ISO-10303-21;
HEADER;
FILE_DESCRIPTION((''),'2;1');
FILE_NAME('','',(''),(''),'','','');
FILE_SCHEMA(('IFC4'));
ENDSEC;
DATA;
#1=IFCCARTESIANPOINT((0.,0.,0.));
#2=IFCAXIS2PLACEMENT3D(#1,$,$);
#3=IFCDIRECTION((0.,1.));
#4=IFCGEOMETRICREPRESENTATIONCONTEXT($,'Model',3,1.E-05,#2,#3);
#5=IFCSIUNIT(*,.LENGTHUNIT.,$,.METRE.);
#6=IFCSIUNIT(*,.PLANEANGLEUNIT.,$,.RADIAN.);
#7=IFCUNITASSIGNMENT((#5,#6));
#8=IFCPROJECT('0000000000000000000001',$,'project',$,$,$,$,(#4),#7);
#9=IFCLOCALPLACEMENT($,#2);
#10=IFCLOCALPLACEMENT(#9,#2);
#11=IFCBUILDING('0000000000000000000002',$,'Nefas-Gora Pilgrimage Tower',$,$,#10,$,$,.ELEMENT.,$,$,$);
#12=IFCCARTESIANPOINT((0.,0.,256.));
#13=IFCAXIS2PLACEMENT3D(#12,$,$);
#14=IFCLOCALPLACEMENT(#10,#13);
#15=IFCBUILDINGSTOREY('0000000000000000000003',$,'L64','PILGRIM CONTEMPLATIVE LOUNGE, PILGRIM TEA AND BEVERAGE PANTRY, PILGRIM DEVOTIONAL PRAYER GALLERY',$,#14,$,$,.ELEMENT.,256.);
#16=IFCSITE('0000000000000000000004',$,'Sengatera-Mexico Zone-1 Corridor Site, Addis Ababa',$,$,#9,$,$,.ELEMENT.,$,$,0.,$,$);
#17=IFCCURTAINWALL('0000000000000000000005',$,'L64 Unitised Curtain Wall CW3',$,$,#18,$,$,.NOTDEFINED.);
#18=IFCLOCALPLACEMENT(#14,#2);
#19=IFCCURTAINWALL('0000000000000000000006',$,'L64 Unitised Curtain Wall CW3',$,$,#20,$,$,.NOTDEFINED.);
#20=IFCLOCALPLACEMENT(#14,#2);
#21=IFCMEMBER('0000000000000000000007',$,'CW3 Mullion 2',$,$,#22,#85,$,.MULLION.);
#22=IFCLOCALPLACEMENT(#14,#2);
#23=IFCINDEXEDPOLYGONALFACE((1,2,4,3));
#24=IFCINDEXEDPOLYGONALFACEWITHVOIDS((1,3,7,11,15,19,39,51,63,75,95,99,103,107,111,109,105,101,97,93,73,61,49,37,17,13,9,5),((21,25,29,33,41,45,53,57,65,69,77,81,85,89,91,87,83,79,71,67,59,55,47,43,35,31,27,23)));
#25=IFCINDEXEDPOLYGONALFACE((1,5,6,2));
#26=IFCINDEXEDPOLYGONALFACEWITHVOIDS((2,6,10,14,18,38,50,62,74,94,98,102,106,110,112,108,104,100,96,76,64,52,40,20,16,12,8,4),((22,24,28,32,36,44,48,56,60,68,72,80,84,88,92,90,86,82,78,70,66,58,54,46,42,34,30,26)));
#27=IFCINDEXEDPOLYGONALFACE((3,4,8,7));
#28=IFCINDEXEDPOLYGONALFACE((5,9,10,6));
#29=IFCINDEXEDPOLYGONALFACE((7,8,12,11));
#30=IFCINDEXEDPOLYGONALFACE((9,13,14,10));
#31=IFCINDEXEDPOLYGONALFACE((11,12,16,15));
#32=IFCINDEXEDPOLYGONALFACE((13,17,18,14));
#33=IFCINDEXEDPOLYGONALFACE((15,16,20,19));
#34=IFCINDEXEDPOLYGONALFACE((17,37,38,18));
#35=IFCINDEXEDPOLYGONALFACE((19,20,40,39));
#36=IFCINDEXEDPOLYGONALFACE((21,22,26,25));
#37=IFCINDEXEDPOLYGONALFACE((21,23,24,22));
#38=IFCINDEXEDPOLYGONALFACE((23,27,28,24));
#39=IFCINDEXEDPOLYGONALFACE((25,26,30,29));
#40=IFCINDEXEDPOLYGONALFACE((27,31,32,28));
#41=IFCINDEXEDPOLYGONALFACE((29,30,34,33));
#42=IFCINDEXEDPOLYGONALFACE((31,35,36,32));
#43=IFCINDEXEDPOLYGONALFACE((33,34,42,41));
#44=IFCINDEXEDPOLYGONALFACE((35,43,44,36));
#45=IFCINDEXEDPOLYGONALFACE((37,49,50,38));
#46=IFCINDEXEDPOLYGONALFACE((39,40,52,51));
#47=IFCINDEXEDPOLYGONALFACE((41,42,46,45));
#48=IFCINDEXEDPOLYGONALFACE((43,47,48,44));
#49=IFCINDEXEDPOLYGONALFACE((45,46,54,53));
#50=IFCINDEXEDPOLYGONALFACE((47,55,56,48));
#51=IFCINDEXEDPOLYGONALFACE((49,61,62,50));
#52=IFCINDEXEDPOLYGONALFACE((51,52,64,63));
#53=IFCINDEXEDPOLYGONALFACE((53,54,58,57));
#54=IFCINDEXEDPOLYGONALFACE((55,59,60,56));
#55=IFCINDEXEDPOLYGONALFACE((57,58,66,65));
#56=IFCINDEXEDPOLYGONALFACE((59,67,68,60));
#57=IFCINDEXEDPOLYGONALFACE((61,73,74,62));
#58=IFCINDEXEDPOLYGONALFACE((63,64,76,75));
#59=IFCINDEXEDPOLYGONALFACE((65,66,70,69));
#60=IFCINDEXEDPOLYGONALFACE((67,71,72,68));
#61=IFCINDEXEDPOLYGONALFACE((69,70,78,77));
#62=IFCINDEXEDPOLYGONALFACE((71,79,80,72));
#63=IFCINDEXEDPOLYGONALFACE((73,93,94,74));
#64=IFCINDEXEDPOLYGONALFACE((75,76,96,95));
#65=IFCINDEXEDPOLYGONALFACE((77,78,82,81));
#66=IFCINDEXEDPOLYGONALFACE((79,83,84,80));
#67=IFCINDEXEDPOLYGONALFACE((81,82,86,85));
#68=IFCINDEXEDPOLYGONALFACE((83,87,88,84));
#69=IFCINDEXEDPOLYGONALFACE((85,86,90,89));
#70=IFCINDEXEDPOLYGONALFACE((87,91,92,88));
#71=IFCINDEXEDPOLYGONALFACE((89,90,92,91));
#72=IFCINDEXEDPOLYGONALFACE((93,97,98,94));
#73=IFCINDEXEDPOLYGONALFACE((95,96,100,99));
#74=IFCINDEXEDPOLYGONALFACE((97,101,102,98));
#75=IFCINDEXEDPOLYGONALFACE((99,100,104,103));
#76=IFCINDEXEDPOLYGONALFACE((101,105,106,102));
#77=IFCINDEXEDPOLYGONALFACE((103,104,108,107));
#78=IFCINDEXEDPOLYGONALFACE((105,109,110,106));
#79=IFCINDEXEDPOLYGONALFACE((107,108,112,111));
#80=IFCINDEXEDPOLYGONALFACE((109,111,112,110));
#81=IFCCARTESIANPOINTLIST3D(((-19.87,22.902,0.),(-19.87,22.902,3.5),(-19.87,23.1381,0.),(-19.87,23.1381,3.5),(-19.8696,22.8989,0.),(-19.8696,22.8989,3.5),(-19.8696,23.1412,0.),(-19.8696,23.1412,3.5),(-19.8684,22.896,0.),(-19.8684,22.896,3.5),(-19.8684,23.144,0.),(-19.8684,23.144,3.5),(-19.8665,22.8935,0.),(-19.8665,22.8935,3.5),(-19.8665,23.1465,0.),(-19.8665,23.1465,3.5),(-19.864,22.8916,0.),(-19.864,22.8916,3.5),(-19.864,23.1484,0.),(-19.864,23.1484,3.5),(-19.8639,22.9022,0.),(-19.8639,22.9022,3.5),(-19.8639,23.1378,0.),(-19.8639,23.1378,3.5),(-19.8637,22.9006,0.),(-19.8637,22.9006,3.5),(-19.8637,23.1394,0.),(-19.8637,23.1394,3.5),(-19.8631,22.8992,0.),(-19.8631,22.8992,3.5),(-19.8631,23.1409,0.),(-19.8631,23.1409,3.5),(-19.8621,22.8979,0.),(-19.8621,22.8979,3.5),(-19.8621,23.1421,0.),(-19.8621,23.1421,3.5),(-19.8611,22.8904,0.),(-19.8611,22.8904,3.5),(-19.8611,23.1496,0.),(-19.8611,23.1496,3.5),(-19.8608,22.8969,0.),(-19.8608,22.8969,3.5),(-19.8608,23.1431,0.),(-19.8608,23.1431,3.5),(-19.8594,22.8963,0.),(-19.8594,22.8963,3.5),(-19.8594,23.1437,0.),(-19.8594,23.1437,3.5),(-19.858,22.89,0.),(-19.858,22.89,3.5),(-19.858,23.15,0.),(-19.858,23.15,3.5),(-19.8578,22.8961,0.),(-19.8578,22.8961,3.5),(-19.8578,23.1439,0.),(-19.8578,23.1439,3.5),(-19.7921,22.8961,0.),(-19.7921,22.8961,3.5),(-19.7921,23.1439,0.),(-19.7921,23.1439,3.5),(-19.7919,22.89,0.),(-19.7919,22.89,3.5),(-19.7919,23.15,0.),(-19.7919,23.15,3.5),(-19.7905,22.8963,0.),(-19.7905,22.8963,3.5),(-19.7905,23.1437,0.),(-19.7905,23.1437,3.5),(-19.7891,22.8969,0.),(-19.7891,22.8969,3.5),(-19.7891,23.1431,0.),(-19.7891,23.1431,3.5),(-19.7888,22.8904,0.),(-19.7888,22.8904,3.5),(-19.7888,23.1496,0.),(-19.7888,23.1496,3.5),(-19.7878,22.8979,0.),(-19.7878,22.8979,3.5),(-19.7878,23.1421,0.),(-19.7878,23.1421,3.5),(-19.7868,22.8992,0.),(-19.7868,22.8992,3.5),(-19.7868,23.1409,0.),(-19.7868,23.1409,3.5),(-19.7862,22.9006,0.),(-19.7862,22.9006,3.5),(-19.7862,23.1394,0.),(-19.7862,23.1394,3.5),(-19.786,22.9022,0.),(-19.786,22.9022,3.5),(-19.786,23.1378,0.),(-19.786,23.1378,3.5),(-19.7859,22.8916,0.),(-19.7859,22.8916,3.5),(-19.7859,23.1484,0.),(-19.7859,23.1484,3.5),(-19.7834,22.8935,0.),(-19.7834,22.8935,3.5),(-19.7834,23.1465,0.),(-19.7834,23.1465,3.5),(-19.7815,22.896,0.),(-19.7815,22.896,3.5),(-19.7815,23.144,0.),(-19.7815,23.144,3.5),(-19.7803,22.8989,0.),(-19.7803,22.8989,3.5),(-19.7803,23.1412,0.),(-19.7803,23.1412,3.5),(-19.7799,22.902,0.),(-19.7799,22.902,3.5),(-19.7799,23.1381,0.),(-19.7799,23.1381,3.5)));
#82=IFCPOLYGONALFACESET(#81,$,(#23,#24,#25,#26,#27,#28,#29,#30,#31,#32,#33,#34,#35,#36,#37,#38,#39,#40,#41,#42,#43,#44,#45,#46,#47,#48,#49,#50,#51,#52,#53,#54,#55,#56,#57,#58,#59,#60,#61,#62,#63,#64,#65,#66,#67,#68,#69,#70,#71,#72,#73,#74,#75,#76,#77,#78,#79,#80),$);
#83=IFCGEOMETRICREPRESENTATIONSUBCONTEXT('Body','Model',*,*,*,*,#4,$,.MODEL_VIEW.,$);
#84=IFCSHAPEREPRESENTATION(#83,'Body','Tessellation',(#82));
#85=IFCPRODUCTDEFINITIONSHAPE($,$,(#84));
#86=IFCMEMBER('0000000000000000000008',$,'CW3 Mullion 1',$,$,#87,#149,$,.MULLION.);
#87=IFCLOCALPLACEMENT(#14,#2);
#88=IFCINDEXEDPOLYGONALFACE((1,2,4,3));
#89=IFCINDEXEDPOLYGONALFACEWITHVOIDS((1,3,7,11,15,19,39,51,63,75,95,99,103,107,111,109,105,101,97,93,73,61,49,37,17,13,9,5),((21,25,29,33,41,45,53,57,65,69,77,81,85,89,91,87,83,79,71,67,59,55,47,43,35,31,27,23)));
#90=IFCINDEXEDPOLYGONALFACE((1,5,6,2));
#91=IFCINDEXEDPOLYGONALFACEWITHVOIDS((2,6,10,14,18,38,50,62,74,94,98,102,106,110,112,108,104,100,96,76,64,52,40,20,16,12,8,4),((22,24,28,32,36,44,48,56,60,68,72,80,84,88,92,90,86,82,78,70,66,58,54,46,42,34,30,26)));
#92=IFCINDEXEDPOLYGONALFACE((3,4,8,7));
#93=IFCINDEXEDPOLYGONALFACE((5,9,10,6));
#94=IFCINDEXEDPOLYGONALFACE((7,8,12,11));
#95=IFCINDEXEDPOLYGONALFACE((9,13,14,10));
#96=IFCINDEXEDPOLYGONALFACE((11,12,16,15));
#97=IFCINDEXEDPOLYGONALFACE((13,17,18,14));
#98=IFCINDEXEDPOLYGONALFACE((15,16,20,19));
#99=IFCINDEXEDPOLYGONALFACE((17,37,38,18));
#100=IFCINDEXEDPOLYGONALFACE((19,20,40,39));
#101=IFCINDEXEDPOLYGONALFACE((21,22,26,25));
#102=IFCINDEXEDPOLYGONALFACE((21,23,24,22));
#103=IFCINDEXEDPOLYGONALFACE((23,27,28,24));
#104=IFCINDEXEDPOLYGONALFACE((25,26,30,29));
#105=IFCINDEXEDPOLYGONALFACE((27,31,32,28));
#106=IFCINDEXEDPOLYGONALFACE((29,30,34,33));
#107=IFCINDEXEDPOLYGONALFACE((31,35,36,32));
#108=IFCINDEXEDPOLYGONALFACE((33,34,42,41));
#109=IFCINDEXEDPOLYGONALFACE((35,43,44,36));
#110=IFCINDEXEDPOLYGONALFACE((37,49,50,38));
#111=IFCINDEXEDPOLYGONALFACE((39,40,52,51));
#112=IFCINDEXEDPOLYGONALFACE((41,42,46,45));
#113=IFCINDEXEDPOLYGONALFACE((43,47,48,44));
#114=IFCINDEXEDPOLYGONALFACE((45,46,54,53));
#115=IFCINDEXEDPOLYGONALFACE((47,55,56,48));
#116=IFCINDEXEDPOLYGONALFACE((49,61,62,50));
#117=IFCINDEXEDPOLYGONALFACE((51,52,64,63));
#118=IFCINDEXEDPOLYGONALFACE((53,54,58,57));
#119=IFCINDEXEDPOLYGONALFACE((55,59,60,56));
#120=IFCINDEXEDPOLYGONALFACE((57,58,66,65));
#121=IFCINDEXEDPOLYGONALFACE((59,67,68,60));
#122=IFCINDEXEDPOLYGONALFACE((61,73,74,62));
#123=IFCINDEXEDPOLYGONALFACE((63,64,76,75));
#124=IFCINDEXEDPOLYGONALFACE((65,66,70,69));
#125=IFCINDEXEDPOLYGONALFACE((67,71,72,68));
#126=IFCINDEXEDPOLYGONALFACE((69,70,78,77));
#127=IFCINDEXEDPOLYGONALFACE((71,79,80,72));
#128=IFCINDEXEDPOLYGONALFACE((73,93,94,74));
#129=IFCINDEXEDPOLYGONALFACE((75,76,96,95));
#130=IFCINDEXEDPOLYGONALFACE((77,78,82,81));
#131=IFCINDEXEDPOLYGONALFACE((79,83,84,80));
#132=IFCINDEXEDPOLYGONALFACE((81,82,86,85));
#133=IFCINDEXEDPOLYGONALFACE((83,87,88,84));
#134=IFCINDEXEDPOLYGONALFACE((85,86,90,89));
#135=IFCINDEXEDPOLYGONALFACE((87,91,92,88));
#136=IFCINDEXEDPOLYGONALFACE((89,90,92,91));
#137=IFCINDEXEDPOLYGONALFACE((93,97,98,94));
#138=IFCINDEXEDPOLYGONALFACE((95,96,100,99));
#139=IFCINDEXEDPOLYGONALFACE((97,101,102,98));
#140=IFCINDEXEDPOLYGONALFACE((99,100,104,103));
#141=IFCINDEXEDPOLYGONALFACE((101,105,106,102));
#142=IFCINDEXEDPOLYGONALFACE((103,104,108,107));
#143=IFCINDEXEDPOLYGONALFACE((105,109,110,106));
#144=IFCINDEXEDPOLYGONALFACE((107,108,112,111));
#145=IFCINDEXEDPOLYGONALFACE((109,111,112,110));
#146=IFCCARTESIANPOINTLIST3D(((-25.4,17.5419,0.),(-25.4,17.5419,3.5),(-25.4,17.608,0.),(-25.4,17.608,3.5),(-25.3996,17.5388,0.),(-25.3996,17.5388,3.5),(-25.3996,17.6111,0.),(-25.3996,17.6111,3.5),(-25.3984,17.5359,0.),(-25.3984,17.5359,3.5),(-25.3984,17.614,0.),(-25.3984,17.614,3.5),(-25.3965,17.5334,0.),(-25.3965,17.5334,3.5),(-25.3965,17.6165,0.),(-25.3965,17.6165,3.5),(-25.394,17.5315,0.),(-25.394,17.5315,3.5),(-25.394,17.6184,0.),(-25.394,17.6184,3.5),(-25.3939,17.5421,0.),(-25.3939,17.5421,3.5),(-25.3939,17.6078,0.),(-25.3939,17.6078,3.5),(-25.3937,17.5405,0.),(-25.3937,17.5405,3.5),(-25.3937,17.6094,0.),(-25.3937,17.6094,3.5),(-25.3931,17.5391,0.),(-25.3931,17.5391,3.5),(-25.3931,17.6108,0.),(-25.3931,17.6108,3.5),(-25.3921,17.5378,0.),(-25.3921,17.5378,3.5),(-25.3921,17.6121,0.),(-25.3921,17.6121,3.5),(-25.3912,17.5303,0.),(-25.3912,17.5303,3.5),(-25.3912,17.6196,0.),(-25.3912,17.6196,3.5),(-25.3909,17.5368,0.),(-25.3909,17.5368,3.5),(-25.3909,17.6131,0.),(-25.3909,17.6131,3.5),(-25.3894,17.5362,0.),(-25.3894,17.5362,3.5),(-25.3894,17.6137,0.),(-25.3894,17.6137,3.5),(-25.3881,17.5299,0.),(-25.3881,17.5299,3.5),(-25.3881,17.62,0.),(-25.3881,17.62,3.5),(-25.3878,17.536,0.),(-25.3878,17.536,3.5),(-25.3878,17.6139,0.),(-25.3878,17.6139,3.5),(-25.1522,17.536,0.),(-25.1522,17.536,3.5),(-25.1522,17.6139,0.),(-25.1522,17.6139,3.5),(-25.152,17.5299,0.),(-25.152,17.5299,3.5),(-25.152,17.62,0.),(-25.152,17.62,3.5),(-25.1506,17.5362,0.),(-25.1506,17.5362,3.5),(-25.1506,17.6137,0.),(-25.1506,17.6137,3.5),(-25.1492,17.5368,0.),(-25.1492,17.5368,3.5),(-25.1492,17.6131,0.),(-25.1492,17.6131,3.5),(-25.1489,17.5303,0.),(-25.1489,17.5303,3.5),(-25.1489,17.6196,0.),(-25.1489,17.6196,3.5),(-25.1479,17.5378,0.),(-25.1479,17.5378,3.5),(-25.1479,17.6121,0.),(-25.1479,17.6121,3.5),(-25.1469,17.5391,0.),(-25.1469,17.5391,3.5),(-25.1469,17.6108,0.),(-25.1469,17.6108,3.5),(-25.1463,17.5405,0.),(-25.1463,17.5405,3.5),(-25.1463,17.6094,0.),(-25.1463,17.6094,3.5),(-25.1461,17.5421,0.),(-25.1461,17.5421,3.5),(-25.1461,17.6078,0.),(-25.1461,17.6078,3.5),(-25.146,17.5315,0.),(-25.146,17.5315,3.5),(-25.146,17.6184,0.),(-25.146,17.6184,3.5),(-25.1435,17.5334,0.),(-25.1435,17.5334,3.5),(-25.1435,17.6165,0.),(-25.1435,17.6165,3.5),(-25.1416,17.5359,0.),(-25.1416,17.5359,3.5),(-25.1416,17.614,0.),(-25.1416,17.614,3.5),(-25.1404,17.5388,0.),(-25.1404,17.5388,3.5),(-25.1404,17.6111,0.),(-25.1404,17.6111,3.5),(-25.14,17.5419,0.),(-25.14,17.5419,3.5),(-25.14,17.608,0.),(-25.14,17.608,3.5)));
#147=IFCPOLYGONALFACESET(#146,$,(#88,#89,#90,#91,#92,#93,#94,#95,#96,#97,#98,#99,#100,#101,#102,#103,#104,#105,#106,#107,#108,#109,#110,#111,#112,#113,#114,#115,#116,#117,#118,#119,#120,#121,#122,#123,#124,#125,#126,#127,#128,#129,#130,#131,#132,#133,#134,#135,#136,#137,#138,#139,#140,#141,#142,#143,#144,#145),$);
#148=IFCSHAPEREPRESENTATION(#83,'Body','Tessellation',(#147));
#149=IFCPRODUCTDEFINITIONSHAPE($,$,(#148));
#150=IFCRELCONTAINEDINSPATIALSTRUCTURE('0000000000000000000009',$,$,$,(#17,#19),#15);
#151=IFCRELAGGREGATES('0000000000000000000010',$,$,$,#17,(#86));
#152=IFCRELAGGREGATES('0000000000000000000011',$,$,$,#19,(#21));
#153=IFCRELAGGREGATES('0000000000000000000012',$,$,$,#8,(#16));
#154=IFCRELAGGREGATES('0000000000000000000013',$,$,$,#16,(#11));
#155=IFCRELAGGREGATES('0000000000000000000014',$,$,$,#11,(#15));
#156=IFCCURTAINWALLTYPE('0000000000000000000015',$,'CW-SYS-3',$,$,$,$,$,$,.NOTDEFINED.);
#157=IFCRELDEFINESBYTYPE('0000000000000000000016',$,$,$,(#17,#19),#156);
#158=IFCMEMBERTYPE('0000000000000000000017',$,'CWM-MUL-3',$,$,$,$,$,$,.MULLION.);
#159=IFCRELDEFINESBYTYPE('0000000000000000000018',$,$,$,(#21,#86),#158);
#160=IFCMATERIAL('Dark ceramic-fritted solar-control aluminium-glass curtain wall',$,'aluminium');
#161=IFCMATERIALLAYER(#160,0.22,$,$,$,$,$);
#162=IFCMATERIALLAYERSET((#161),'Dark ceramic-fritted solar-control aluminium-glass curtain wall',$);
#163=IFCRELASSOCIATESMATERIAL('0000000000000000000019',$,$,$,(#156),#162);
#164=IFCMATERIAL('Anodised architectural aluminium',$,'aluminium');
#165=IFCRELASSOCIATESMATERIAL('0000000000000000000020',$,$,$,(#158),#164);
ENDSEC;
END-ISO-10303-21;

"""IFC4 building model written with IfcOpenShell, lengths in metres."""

from ifc_helpers import new_model, si_unit, direction, frame, origin, origin_2d, place, context, subcontext, project, spatial, hollow_rectangle, extrude, source, transform, mapped, material, layer, layer_set, material_profile, profile_set, type_object, element, aggregate, save


model = new_model("IFC4")

# Units and contexts
model_context = context("Model", 3, precision=1e-05, world=origin(), true_north=direction((0.0, 1.0)))
body_context = subcontext(model_context, "Body", "Model", "MODEL_VIEW")
ifc_project = project(units=[si_unit("LENGTHUNIT", "METRE"), si_unit("PLANEANGLEUNIT", "RADIAN")], contexts=[model_context])

# Site, building, storey
site_placement = place(None, origin())
site = spatial("IfcSite", under=ifc_project, at=site_placement, Name="Sengatera-Mexico Zone-1 Corridor Site, Addis Ababa", CompositionType="ELEMENT", RefElevation=0.0)
building_placement = place(site_placement, origin())
building = spatial("IfcBuilding", under=site, at=building_placement, Name="Nefas-Gora Pilgrimage Tower", CompositionType="ELEMENT")
storey_placement = place(building_placement, frame((0.0, 0.0, 256.0)))
storey = spatial("IfcBuildingStorey", under=building, at=storey_placement, Name="L64", Description="PILGRIM CONTEMPLATIVE LOUNGE, PILGRIM TEA AND BEVERAGE PANTRY, PILGRIM DEVOTIONAL PRAYER GALLERY", CompositionType="ELEMENT", Elevation=256.0)

# Curtain wall
ifc_material_1 = material(Name="Dark ceramic-fritted solar-control aluminium-glass curtain wall", Category="aluminium")
ifc_material_2 = material(Name="Anodised architectural aluminium", Category="aluminium")
ifc_layer_1 = layer(ifc_material_1, 0.22)
ifc_layer_set_1 = layer_set([ifc_layer_1], Name="Dark ceramic-fritted solar-control aluminium-glass curtain wall")
curtain_wall_type_1 = type_object("IfcCurtainWallType", Name="CW-SYS-3", PredefinedType="NOTDEFINED", material=ifc_layer_set_1)
curtain_wall_1_placement = place(storey_placement, origin())
curtain_wall_1 = element("IfcCurtainWall", 1, at=curtain_wall_1_placement, inside=storey, type_object=curtain_wall_type_1, Name="L64 Unitised Curtain Wall CW3", PredefinedType="NOTDEFINED")

# Curtain wall, member
curtain_wall_2_placement = place(storey_placement, origin())
curtain_wall_2 = element("IfcCurtainWall", 2, at=curtain_wall_2_placement, inside=storey, type_object=curtain_wall_type_1, Name="L64 Unitised Curtain Wall CW3", PredefinedType="NOTDEFINED")
ifc_material_profile_1 = material_profile(ifc_material_2, hollow_rectangle(XDim=0.0901, YDim=0.26, WallThickness=0.0061, InnerFilletRadius=0.0061, OuterFilletRadius=0.012, at=origin_2d()), Name="ALU MULLION 90x260")
ifc_profile_set_1 = profile_set([ifc_material_profile_1], Name="Anodised architectural aluminium")
member_type_1 = type_object("IfcMemberType", Name="CWM-MUL-3", PredefinedType="MULLION", material=ifc_profile_set_1)
shared_shape_1 = source(origin(), body_context, "Body", "SweptSolid", [
    extrude(hollow_rectangle(XDim=0.0901, YDim=0.26, WallThickness=0.0061, InnerFilletRadius=0.0061, OuterFilletRadius=0.012, at=origin_2d()), origin(), (0.0, 0.0, 1.0), 3.5),
])
member_1_placement = place(storey_placement, frame((-19.825, 23.02, 0.0), z_axis=(0.0, 0.0, 1.0), x_axis=(-1.0, 0.0, 0.0)))
member_1 = element("IfcMember", 3, at=member_1_placement, type_object=member_type_1, Name="CW3 Mullion 2", PredefinedType="MULLION", context=body_context, shape_type="MappedRepresentation", body=[
    mapped(shared_shape_1, transform((0.0, 0.0, 0.0), x_axis=(1.0, 0.0, 0.0), y_axis=(0.0, 1.0, 0.0), z_axis=(0.0, 0.0, 1.0), scale=1.0)),
])

# Member
member_2_placement = place(storey_placement, frame((-25.27, 17.575, 0.0), z_axis=(0.0, 0.0, 1.0), x_axis=(0.0, -1.0, 0.0)))
member_2 = element("IfcMember", 4, at=member_2_placement, type_object=member_type_1, Name="CW3 Mullion 1", PredefinedType="MULLION", context=body_context, shape_type="MappedRepresentation", body=[
    mapped(shared_shape_1, transform((0.0, 0.0, 0.0), x_axis=(1.0, 0.0, 0.0), y_axis=(0.0, 1.0, 0.0), z_axis=(0.0, 0.0, 1.0), scale=1.0)),
])
aggregate(curtain_wall_1, [member_2])

aggregate(curtain_wall_2, [member_1])

save(model, "model.ifc")
